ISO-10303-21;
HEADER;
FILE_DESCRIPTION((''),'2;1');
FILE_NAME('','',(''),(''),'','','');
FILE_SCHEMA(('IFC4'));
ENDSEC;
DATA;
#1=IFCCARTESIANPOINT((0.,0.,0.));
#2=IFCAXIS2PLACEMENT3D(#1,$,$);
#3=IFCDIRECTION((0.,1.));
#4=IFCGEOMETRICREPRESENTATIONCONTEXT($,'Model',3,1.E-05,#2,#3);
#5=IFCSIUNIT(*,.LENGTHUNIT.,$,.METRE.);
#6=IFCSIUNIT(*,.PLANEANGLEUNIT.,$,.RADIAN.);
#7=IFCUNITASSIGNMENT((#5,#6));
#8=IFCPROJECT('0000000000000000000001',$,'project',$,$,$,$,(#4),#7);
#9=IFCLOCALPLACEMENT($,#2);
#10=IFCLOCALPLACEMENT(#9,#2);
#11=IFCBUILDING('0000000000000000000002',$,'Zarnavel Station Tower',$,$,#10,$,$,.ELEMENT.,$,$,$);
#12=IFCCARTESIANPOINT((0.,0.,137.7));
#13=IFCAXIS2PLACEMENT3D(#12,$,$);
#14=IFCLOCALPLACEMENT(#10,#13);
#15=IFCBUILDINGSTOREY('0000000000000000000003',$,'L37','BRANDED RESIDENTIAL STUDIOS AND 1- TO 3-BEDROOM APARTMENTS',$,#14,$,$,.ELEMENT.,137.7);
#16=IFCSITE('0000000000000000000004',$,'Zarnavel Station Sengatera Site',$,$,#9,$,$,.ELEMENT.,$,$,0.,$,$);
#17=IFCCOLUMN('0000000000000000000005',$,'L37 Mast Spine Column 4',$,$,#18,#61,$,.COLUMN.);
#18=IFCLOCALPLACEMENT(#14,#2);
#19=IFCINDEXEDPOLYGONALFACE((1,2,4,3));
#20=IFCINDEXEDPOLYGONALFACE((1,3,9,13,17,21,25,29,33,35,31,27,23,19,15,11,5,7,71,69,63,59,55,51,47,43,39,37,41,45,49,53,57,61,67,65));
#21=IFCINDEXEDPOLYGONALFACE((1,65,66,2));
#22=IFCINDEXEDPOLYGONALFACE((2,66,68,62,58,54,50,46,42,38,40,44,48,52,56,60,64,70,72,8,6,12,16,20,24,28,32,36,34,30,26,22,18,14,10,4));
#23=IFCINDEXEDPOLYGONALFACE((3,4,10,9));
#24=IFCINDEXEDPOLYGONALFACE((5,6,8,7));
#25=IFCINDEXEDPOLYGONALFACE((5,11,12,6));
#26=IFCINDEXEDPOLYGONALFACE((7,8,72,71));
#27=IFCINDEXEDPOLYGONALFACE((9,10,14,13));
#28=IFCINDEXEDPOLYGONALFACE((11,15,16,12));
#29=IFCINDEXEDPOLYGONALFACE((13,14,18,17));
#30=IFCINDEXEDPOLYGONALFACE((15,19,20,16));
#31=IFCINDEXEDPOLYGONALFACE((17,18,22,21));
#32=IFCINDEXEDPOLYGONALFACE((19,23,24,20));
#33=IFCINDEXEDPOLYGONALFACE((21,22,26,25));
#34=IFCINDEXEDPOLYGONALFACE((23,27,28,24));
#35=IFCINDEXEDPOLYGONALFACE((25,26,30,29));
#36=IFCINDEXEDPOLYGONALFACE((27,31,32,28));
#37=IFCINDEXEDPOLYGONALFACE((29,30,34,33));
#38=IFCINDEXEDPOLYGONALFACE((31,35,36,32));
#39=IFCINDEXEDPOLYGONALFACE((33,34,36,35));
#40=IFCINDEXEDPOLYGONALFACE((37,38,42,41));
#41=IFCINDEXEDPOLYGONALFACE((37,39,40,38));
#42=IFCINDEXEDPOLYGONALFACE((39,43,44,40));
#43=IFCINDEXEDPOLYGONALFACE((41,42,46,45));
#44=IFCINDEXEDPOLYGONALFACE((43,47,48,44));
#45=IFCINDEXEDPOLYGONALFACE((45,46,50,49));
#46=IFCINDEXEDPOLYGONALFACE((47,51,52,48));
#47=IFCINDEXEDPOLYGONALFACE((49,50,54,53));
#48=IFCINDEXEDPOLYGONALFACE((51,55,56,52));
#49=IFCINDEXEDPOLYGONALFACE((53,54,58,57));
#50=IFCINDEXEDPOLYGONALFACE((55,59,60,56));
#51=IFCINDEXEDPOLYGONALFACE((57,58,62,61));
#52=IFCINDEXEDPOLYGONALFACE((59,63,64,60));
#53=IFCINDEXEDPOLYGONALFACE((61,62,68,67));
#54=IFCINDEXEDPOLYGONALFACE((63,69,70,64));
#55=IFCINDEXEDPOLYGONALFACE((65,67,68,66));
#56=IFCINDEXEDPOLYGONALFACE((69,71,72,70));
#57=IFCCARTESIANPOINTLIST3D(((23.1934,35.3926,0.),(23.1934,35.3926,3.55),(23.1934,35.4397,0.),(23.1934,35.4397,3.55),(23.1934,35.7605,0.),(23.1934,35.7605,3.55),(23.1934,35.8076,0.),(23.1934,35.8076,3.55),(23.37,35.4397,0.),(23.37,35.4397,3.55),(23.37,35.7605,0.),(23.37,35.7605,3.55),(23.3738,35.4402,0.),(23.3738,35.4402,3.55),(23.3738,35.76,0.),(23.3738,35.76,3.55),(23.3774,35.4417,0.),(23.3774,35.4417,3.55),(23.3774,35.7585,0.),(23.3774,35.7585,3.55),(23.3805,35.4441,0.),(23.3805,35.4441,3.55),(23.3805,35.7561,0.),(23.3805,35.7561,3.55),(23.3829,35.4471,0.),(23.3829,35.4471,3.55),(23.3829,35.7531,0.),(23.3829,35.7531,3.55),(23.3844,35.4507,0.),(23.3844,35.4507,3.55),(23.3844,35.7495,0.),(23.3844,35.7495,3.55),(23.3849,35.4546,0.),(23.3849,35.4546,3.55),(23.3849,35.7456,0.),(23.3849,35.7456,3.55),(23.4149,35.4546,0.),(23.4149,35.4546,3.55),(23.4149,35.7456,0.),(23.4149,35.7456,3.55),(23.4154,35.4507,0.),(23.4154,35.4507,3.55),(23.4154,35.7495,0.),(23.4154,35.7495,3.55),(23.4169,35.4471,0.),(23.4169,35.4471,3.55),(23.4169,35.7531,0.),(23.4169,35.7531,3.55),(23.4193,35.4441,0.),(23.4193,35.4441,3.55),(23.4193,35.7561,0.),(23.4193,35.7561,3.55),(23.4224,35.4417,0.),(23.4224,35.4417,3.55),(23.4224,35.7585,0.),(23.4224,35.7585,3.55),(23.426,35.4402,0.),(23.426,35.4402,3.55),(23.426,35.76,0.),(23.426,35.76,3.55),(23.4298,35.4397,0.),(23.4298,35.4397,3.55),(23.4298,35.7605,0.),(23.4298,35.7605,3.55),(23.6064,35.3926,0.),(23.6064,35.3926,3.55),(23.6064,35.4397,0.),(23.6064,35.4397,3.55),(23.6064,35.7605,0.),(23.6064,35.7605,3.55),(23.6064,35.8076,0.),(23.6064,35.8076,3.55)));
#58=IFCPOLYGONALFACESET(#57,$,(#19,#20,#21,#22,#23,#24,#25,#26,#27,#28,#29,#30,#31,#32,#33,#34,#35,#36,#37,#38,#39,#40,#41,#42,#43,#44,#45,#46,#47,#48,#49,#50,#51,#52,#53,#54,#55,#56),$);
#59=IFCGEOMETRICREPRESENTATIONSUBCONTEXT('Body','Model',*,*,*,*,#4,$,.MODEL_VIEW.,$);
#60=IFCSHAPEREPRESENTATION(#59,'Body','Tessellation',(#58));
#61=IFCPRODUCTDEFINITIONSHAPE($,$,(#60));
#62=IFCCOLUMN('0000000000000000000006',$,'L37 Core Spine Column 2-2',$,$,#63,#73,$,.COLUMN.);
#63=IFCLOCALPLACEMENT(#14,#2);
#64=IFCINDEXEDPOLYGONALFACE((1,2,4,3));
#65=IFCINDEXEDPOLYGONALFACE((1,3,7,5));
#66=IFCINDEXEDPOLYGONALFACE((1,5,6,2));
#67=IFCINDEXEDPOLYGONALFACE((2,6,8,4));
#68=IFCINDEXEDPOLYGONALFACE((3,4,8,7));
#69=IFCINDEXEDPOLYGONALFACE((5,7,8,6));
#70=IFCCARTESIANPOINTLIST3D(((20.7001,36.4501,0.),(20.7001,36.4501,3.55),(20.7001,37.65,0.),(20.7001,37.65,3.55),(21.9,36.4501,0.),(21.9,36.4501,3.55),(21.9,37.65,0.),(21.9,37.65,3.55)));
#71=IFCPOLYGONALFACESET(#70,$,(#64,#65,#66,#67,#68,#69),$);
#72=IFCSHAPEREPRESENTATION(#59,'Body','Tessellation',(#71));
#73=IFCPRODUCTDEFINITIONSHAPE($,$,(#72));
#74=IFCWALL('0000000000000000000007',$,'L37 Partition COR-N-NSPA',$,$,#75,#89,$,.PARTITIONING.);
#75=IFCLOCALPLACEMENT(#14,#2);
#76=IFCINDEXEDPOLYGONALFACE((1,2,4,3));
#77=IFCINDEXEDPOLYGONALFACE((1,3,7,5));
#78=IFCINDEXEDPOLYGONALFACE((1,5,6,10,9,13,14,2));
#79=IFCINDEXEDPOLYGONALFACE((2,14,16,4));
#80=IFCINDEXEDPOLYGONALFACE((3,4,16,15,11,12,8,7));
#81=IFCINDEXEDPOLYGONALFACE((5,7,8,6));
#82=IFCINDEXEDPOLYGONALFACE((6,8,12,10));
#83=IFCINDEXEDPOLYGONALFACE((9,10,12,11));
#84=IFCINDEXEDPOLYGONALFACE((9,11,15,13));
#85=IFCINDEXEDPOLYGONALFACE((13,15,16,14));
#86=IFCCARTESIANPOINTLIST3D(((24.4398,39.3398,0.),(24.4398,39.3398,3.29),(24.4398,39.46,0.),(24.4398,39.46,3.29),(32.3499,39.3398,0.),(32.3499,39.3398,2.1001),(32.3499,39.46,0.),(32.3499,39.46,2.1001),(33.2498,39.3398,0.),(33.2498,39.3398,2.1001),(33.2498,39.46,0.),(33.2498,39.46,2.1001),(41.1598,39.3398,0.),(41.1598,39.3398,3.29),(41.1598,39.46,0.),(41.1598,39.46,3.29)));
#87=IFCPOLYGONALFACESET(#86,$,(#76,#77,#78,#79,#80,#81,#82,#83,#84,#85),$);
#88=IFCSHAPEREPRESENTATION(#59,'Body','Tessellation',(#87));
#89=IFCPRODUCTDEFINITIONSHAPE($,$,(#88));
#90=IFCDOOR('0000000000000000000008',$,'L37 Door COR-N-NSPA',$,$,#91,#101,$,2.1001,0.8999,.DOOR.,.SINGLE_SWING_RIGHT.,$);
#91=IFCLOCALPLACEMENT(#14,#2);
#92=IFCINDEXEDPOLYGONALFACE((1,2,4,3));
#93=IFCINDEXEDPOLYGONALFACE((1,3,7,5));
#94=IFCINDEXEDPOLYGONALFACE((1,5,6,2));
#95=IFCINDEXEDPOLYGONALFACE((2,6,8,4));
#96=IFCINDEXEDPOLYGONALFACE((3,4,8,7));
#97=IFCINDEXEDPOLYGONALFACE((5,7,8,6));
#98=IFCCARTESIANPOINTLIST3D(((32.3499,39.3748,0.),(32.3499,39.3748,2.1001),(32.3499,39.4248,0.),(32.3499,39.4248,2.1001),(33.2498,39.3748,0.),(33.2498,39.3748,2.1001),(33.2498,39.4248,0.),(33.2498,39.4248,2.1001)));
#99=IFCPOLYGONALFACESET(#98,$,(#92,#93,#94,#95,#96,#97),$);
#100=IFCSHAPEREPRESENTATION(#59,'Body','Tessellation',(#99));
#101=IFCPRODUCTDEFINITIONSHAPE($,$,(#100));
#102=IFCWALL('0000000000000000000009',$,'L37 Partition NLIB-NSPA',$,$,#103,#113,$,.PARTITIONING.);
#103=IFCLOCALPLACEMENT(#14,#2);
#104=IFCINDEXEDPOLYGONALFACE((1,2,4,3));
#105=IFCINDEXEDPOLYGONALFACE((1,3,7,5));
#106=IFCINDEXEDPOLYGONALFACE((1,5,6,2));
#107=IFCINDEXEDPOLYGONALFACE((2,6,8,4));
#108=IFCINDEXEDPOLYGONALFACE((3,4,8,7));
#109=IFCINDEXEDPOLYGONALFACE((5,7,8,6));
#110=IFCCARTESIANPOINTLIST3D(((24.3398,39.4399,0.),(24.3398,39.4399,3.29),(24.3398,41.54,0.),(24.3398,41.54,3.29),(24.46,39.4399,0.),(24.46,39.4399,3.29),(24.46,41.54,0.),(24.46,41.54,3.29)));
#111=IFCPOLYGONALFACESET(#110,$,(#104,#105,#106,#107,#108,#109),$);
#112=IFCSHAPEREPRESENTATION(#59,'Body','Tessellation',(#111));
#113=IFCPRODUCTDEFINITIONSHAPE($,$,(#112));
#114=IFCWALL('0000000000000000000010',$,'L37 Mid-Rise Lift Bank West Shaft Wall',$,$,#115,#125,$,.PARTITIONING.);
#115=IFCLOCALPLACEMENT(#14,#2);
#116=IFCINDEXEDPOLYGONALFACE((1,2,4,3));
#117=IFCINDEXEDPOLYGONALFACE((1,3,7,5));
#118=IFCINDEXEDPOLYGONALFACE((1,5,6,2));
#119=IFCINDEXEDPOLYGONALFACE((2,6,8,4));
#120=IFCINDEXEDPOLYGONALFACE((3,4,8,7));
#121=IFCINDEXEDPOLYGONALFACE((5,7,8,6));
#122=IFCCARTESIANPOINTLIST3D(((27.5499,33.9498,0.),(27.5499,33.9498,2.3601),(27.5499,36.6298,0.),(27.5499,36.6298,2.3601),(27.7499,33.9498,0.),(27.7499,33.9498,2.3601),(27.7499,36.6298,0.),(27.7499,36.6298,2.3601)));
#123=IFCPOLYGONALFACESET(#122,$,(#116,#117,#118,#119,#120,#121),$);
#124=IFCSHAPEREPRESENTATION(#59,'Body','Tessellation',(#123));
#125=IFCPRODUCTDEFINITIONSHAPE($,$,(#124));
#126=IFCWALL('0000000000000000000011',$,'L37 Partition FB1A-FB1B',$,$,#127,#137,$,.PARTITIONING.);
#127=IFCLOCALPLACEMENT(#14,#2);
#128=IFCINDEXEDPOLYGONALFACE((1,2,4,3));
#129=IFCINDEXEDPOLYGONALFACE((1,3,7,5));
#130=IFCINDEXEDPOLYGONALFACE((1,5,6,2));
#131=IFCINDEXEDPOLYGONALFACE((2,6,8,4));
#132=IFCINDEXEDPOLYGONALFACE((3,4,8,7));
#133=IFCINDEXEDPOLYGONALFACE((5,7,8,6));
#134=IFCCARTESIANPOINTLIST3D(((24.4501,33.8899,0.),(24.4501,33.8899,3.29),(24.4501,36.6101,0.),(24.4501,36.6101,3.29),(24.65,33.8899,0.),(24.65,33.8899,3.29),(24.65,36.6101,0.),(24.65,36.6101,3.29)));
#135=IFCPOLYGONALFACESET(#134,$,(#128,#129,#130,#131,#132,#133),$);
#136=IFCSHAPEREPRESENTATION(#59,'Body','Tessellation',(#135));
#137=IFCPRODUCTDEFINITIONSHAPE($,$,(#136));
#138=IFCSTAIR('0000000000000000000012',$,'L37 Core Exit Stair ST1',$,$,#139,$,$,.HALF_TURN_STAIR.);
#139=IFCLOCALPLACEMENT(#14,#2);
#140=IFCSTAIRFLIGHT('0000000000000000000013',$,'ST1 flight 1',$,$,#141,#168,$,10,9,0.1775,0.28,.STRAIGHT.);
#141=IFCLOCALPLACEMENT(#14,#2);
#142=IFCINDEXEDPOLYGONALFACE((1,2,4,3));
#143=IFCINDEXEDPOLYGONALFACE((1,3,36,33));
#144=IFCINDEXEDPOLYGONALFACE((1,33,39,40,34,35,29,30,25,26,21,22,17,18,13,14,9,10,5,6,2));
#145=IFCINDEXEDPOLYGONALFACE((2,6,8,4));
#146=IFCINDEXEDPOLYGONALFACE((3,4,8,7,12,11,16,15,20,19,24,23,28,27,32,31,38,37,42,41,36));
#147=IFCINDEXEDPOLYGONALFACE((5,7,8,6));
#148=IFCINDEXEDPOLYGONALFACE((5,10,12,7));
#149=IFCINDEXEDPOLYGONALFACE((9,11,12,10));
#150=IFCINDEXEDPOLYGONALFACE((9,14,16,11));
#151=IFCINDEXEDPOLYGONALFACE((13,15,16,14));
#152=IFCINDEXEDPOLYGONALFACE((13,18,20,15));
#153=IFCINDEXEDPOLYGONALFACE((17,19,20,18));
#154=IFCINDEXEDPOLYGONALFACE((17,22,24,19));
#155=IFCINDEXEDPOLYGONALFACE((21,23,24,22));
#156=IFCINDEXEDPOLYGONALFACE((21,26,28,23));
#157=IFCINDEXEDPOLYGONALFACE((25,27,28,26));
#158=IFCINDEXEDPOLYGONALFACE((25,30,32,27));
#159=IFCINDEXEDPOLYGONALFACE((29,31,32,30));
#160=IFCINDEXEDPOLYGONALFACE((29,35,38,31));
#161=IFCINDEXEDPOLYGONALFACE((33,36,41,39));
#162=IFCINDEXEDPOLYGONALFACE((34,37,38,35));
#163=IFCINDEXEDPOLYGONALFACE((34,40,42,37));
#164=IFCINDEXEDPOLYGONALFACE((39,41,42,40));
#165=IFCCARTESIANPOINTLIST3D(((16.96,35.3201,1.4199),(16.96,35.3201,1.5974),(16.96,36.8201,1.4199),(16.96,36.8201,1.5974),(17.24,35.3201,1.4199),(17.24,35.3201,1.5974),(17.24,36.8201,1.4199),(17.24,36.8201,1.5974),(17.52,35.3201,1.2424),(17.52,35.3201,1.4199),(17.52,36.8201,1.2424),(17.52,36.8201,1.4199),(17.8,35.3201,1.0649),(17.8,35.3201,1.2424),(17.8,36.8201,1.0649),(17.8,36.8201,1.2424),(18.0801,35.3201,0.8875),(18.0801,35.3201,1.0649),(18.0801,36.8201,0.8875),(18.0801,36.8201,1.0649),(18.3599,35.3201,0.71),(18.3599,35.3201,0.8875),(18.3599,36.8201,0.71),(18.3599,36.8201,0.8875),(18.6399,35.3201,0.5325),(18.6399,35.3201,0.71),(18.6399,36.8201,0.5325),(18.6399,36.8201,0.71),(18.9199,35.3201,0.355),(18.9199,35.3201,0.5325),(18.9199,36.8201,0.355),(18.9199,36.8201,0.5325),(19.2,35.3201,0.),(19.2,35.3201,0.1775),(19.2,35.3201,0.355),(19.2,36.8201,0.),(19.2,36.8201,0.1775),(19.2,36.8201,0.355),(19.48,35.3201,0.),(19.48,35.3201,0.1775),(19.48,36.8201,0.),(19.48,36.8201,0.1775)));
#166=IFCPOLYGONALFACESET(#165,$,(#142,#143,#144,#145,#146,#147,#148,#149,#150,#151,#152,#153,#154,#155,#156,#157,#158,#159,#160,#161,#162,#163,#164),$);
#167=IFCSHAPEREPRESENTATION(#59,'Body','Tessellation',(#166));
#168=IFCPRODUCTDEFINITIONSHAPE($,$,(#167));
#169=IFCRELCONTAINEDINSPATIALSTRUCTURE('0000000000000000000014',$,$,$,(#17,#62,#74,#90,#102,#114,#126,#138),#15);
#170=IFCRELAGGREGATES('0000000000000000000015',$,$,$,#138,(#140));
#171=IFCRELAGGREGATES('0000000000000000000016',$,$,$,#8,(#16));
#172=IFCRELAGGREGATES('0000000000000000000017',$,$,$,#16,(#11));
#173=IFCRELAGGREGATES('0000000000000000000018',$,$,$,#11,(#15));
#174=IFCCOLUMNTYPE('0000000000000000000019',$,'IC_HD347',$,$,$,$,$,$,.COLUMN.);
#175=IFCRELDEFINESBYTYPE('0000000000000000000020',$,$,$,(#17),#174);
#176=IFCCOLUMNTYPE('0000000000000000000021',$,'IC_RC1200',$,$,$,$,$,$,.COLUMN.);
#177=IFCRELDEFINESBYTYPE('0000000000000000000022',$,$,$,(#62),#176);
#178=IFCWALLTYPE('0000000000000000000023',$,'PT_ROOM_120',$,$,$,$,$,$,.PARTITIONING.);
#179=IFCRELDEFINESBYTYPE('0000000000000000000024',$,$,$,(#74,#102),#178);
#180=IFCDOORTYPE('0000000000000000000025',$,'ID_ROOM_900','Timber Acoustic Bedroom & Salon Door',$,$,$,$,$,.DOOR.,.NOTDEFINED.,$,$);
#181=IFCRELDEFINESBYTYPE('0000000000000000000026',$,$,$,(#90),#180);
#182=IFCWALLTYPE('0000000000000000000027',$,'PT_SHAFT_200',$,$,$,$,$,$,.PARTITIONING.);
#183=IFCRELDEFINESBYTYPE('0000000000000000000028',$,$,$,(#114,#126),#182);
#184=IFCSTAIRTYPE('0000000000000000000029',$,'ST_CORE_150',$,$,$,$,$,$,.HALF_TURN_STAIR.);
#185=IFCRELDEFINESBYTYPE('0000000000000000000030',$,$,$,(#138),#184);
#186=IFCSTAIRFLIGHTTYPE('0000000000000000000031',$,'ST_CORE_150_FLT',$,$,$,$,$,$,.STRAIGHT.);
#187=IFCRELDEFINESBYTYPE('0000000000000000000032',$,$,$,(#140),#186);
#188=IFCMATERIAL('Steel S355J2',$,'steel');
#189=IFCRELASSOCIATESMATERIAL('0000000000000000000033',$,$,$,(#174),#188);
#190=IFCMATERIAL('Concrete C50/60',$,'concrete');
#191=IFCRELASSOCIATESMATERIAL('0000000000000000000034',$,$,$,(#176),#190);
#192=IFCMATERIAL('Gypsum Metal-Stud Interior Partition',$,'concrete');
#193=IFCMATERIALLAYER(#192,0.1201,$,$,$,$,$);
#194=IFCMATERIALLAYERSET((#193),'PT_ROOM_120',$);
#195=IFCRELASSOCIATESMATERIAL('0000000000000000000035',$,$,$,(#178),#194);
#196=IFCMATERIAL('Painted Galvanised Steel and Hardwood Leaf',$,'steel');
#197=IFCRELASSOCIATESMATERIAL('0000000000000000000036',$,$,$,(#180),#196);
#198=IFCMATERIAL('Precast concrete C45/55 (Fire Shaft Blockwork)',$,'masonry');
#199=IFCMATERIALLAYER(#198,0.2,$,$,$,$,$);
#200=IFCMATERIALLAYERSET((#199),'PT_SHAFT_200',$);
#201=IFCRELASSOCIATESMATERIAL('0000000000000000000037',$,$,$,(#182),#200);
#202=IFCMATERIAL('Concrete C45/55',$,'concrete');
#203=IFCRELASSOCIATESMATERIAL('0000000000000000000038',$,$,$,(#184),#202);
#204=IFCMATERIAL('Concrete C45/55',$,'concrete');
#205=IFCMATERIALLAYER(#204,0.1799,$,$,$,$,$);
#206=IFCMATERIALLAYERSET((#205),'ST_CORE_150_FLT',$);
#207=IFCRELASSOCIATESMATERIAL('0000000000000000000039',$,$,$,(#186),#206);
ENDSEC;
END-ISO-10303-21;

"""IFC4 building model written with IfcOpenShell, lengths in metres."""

from ifc_helpers import new_model, si_unit, direction, frame, frame_2d, origin, origin_2d, place, context, subcontext, project, spatial, polyline, rectangle, i_section, outline, extrude, material, layer, layer_set, material_profile, profile_set, type_object, element, fill, aggregate, save


model = new_model("IFC4")

# Units and contexts
model_context = context("Model", 3, precision=1e-05, world=origin(), true_north=direction((0.0, 1.0)))
body_context = subcontext(model_context, "Body", "Model", "MODEL_VIEW")
ifc_project = project(units=[si_unit("LENGTHUNIT", "METRE"), si_unit("PLANEANGLEUNIT", "RADIAN")], contexts=[model_context])

# Site, building, storey
site_placement = place(None, origin())
site = spatial("IfcSite", under=ifc_project, at=site_placement, Name="Zarnavel Station Sengatera Site", CompositionType="ELEMENT", RefElevation=0.0)
building_placement = place(site_placement, origin())
building = spatial("IfcBuilding", under=site, at=building_placement, Name="Zarnavel Station Tower", CompositionType="ELEMENT")
storey_placement = place(building_placement, frame((0.0, 0.0, 137.7)))
storey = spatial("IfcBuildingStorey", under=building, at=storey_placement, Name="L37", Description="BRANDED RESIDENTIAL STUDIOS AND 1- TO 3-BEDROOM APARTMENTS", CompositionType="ELEMENT", Elevation=137.7)

# Columns
ifc_material_1 = material(Name="Steel S355J2", Category="steel")
ifc_material_profile_1 = material_profile(ifc_material_1, i_section(OverallWidth=0.4131, OverallDepth=0.415, WebThickness=0.03, FlangeThickness=0.0471, FilletRadius=0.0149, at=origin_2d()), Name="HD400x347")
ifc_profile_set_1 = profile_set([ifc_material_profile_1], Name="Steel S355J2")
column_type_1 = type_object("IfcColumnType", Name="IC_HD347", PredefinedType="COLUMN", material=ifc_profile_set_1)
column_1_placement = place(storey_placement, frame((23.3999, 35.6001, 0.0), z_axis=(0.0, 0.0, 1.0), x_axis=(1.0, 0.0, 0.0)))
element("IfcColumn", 1, at=column_1_placement, inside=storey, type_object=column_type_1, Name="L37 Mast Spine Column 4", PredefinedType="COLUMN", context=body_context, shape_type="SweptSolid", body=[
    extrude(i_section(OverallWidth=0.4131, OverallDepth=0.415, WebThickness=0.03, FlangeThickness=0.0471, FilletRadius=0.0149, at=origin_2d()), origin(), (0.0, 0.0, 1.0), 3.55),
])
ifc_material_2 = material(Name="Concrete C50/60", Category="concrete")
ifc_material_profile_2 = material_profile(ifc_material_2, rectangle(XDim=1.2, YDim=1.2, at=origin_2d()), Name="RC1200x1200")
ifc_profile_set_2 = profile_set([ifc_material_profile_2], Name="Concrete C50/60")
column_type_2 = type_object("IfcColumnType", Name="IC_RC1200", PredefinedType="COLUMN", material=ifc_profile_set_2)
column_2_placement = place(storey_placement, frame((21.3, 37.05, 0.0), z_axis=(0.0, 0.0, 1.0), x_axis=(1.0, 0.0, 0.0)))
element("IfcColumn", 2, at=column_2_placement, inside=storey, type_object=column_type_2, Name="L37 Core Spine Column 2-2", PredefinedType="COLUMN", context=body_context, shape_type="SweptSolid", body=[
    extrude(rectangle(XDim=1.2, YDim=1.2, at=origin_2d()), origin(), (0.0, 0.0, 1.0), 3.55),
])

# Wall, opening, door
ifc_material_3 = material(Name="Gypsum Metal-Stud Interior Partition", Category="concrete")
ifc_layer_1 = layer(ifc_material_3, 0.1201)
ifc_layer_set_1 = layer_set([ifc_layer_1], Name="PT_ROOM_120")
wall_type_1 = type_object("IfcWallType", Name="PT_ROOM_120", PredefinedType="PARTITIONING", material=ifc_layer_set_1)
wall_1_placement = place(storey_placement, frame((24.4399, 39.3999, 0.0), z_axis=(0.0, 0.0, 1.0), x_axis=(1.0, 0.0, 0.0)))
wall_1 = element("IfcWall", 3, at=wall_1_placement, inside=storey, type_object=wall_type_1, Name="L37 Partition COR-N-NSPA", PredefinedType="PARTITIONING", context=body_context, shape_type="SweptSolid", body=[
    extrude(rectangle(XDim=16.72, YDim=0.1201, at=frame_2d((8.3599, 0.0))), origin(), (0.0, 0.0, 1.0), 3.29),
])
opening_1_placement = place(wall_1_placement, frame((7.9099, 0.0, 0.0)))
opening_1 = element("IfcOpeningElement", 4, at=opening_1_placement, cuts=wall_1, PredefinedType="OPENING", context=body_context, shape_type="SweptSolid", body=[
    extrude(rectangle(XDim=0.8999, YDim=2.1001, at=frame_2d((0.45, 1.05))), frame((0.0, 0.0701, 0.0), z_axis=(0.0, -1.0, 0.0), x_axis=(1.0, 0.0, 0.0)), (0.0, 0.0, 1.0), 0.1401),
])
ifc_material_4 = material(Name="Painted Galvanised Steel and Hardwood Leaf", Category="steel")
door_type_1 = type_object("IfcDoorType", Name="ID_ROOM_900", Description="Timber Acoustic Bedroom & Salon Door", OperationType="NOTDEFINED", PredefinedType="DOOR", material=ifc_material_4)
door_1_placement = place(opening_1_placement, origin())
door_1 = element("IfcDoor", 5, at=door_1_placement, inside=storey, type_object=door_type_1, Name="L37 Door COR-N-NSPA", OperationType="SINGLE_SWING_RIGHT", OverallHeight=2.1001, OverallWidth=0.8999, PredefinedType="DOOR", context=body_context, shape_type="SweptSolid", body=[
    extrude(rectangle(XDim=0.8999, YDim=2.1001, at=frame_2d((0.45, 1.05))), frame((0.0, 0.0249, 0.0), z_axis=(0.0, -1.0, 0.0), x_axis=(1.0, 0.0, 0.0)), (0.0, 0.0, 1.0), 0.05),
])
fill(opening_1, door_1)

# Wall
wall_2_placement = place(storey_placement, frame((24.3999, 39.4399, 0.0), z_axis=(0.0, 0.0, 1.0), x_axis=(0.0, 1.0, 0.0)))
element("IfcWall", 6, at=wall_2_placement, inside=storey, type_object=wall_type_1, Name="L37 Partition NLIB-NSPA", PredefinedType="PARTITIONING", context=body_context, shape_type="SweptSolid", body=[
    extrude(rectangle(XDim=2.1001, YDim=0.1201, at=frame_2d((1.05, 0.0))), origin(), (0.0, 0.0, 1.0), 3.29),
])

# Shared definitions
ifc_material_5 = material(Name="Precast concrete C45/55 (Fire Shaft Blockwork)", Category="masonry")
ifc_layer_2 = layer(ifc_material_5, 0.2)
ifc_layer_set_2 = layer_set([ifc_layer_2], Name="PT_SHAFT_200")
wall_type_2 = type_object("IfcWallType", Name="PT_SHAFT_200", PredefinedType="PARTITIONING", material=ifc_layer_set_2)

# Wall
wall_3_placement = place(storey_placement, frame((27.6499, 33.95, 0.0), z_axis=(0.0, 0.0, 1.0), x_axis=(0.0, 1.0, 0.0)))
element("IfcWall", 7, at=wall_3_placement, inside=storey, type_object=wall_type_2, Name="L37 Mid-Rise Lift Bank West Shaft Wall", PredefinedType="PARTITIONING", context=body_context, shape_type="SweptSolid", body=[
    extrude(rectangle(XDim=2.6799, YDim=0.2, at=frame_2d((1.3398, 0.0))), origin(), (0.0, 0.0, 1.0), 2.3601),
])

# Wall
wall_4_placement = place(storey_placement, frame((24.55, 33.8899, 0.0), z_axis=(0.0, 0.0, 1.0), x_axis=(0.0, 1.0, 0.0)))
element("IfcWall", 8, at=wall_4_placement, inside=storey, type_object=wall_type_2, Name="L37 Partition FB1A-FB1B", PredefinedType="PARTITIONING", context=body_context, shape_type="SweptSolid", body=[
    extrude(rectangle(XDim=2.7202, YDim=0.2, at=frame_2d((1.3601, 0.0))), origin(), (0.0, 0.0, 1.0), 3.29),
])

# Stair, stair flight
ifc_material_6 = material(Name="Concrete C45/55", Category="concrete")
stair_type = type_object("IfcStairType", Name="ST_CORE_150", PredefinedType="HALF_TURN_STAIR", material=ifc_material_6)
stair_placement = place(storey_placement, origin())
stair = element("IfcStair", 9, at=stair_placement, inside=storey, type_object=stair_type, Name="L37 Core Exit Stair ST1", PredefinedType="HALF_TURN_STAIR")
ifc_material_7 = material(Name="Concrete C45/55", Category="concrete")
ifc_layer_3 = layer(ifc_material_7, 0.1799)
ifc_layer_set_3 = layer_set([ifc_layer_3], Name="ST_CORE_150_FLT")
stair_flight_type = type_object("IfcStairFlightType", Name="ST_CORE_150_FLT", PredefinedType="STRAIGHT", material=ifc_layer_set_3)
stair_flight_1_placement = place(storey_placement, frame((19.48, 36.0701, 0.0), z_axis=(0.0, 0.0, 1.0), x_axis=(-1.0, 0.0, 0.0)))
stair_flight_1 = element("IfcStairFlight", 10, at=stair_flight_1_placement, type_object=stair_flight_type, Name="ST1 flight 1", NumberOfRisers=10, NumberOfTreads=9, PredefinedType="STRAIGHT", RiserHeight=0.1775, TreadLength=0.28, context=body_context, shape_type="SweptSolid", body=[
    extrude(outline(polyline([(0.0, 0.0), (0.0, 0.1775), (0.28, 0.1775), (0.28, 0.355), (0.5601, 0.355), (0.5601, 0.5325), (0.8401, 0.5325), (0.8401, 0.71), (1.1201, 0.71), (1.1201, 0.8875), (1.3999, 0.8875), (1.3999, 1.0649), (1.6799, 1.0649), (1.6799, 1.2424), (1.96, 1.2424), (1.96, 1.4199), (2.24, 1.4199), (2.24, 1.5974), (2.52, 1.5974), (2.52, 1.7749), (2.52, 1.4199), (0.28, 0.0), (0.0, 0.0)])), frame((0.0, 0.75, 0.0), z_axis=(0.0, -1.0, 0.0), x_axis=(1.0, 0.0, 0.0)), (0.0, 0.0, 1.0), 1.5),
])
aggregate(stair, [stair_flight_1])

save(model, "model.ifc")
